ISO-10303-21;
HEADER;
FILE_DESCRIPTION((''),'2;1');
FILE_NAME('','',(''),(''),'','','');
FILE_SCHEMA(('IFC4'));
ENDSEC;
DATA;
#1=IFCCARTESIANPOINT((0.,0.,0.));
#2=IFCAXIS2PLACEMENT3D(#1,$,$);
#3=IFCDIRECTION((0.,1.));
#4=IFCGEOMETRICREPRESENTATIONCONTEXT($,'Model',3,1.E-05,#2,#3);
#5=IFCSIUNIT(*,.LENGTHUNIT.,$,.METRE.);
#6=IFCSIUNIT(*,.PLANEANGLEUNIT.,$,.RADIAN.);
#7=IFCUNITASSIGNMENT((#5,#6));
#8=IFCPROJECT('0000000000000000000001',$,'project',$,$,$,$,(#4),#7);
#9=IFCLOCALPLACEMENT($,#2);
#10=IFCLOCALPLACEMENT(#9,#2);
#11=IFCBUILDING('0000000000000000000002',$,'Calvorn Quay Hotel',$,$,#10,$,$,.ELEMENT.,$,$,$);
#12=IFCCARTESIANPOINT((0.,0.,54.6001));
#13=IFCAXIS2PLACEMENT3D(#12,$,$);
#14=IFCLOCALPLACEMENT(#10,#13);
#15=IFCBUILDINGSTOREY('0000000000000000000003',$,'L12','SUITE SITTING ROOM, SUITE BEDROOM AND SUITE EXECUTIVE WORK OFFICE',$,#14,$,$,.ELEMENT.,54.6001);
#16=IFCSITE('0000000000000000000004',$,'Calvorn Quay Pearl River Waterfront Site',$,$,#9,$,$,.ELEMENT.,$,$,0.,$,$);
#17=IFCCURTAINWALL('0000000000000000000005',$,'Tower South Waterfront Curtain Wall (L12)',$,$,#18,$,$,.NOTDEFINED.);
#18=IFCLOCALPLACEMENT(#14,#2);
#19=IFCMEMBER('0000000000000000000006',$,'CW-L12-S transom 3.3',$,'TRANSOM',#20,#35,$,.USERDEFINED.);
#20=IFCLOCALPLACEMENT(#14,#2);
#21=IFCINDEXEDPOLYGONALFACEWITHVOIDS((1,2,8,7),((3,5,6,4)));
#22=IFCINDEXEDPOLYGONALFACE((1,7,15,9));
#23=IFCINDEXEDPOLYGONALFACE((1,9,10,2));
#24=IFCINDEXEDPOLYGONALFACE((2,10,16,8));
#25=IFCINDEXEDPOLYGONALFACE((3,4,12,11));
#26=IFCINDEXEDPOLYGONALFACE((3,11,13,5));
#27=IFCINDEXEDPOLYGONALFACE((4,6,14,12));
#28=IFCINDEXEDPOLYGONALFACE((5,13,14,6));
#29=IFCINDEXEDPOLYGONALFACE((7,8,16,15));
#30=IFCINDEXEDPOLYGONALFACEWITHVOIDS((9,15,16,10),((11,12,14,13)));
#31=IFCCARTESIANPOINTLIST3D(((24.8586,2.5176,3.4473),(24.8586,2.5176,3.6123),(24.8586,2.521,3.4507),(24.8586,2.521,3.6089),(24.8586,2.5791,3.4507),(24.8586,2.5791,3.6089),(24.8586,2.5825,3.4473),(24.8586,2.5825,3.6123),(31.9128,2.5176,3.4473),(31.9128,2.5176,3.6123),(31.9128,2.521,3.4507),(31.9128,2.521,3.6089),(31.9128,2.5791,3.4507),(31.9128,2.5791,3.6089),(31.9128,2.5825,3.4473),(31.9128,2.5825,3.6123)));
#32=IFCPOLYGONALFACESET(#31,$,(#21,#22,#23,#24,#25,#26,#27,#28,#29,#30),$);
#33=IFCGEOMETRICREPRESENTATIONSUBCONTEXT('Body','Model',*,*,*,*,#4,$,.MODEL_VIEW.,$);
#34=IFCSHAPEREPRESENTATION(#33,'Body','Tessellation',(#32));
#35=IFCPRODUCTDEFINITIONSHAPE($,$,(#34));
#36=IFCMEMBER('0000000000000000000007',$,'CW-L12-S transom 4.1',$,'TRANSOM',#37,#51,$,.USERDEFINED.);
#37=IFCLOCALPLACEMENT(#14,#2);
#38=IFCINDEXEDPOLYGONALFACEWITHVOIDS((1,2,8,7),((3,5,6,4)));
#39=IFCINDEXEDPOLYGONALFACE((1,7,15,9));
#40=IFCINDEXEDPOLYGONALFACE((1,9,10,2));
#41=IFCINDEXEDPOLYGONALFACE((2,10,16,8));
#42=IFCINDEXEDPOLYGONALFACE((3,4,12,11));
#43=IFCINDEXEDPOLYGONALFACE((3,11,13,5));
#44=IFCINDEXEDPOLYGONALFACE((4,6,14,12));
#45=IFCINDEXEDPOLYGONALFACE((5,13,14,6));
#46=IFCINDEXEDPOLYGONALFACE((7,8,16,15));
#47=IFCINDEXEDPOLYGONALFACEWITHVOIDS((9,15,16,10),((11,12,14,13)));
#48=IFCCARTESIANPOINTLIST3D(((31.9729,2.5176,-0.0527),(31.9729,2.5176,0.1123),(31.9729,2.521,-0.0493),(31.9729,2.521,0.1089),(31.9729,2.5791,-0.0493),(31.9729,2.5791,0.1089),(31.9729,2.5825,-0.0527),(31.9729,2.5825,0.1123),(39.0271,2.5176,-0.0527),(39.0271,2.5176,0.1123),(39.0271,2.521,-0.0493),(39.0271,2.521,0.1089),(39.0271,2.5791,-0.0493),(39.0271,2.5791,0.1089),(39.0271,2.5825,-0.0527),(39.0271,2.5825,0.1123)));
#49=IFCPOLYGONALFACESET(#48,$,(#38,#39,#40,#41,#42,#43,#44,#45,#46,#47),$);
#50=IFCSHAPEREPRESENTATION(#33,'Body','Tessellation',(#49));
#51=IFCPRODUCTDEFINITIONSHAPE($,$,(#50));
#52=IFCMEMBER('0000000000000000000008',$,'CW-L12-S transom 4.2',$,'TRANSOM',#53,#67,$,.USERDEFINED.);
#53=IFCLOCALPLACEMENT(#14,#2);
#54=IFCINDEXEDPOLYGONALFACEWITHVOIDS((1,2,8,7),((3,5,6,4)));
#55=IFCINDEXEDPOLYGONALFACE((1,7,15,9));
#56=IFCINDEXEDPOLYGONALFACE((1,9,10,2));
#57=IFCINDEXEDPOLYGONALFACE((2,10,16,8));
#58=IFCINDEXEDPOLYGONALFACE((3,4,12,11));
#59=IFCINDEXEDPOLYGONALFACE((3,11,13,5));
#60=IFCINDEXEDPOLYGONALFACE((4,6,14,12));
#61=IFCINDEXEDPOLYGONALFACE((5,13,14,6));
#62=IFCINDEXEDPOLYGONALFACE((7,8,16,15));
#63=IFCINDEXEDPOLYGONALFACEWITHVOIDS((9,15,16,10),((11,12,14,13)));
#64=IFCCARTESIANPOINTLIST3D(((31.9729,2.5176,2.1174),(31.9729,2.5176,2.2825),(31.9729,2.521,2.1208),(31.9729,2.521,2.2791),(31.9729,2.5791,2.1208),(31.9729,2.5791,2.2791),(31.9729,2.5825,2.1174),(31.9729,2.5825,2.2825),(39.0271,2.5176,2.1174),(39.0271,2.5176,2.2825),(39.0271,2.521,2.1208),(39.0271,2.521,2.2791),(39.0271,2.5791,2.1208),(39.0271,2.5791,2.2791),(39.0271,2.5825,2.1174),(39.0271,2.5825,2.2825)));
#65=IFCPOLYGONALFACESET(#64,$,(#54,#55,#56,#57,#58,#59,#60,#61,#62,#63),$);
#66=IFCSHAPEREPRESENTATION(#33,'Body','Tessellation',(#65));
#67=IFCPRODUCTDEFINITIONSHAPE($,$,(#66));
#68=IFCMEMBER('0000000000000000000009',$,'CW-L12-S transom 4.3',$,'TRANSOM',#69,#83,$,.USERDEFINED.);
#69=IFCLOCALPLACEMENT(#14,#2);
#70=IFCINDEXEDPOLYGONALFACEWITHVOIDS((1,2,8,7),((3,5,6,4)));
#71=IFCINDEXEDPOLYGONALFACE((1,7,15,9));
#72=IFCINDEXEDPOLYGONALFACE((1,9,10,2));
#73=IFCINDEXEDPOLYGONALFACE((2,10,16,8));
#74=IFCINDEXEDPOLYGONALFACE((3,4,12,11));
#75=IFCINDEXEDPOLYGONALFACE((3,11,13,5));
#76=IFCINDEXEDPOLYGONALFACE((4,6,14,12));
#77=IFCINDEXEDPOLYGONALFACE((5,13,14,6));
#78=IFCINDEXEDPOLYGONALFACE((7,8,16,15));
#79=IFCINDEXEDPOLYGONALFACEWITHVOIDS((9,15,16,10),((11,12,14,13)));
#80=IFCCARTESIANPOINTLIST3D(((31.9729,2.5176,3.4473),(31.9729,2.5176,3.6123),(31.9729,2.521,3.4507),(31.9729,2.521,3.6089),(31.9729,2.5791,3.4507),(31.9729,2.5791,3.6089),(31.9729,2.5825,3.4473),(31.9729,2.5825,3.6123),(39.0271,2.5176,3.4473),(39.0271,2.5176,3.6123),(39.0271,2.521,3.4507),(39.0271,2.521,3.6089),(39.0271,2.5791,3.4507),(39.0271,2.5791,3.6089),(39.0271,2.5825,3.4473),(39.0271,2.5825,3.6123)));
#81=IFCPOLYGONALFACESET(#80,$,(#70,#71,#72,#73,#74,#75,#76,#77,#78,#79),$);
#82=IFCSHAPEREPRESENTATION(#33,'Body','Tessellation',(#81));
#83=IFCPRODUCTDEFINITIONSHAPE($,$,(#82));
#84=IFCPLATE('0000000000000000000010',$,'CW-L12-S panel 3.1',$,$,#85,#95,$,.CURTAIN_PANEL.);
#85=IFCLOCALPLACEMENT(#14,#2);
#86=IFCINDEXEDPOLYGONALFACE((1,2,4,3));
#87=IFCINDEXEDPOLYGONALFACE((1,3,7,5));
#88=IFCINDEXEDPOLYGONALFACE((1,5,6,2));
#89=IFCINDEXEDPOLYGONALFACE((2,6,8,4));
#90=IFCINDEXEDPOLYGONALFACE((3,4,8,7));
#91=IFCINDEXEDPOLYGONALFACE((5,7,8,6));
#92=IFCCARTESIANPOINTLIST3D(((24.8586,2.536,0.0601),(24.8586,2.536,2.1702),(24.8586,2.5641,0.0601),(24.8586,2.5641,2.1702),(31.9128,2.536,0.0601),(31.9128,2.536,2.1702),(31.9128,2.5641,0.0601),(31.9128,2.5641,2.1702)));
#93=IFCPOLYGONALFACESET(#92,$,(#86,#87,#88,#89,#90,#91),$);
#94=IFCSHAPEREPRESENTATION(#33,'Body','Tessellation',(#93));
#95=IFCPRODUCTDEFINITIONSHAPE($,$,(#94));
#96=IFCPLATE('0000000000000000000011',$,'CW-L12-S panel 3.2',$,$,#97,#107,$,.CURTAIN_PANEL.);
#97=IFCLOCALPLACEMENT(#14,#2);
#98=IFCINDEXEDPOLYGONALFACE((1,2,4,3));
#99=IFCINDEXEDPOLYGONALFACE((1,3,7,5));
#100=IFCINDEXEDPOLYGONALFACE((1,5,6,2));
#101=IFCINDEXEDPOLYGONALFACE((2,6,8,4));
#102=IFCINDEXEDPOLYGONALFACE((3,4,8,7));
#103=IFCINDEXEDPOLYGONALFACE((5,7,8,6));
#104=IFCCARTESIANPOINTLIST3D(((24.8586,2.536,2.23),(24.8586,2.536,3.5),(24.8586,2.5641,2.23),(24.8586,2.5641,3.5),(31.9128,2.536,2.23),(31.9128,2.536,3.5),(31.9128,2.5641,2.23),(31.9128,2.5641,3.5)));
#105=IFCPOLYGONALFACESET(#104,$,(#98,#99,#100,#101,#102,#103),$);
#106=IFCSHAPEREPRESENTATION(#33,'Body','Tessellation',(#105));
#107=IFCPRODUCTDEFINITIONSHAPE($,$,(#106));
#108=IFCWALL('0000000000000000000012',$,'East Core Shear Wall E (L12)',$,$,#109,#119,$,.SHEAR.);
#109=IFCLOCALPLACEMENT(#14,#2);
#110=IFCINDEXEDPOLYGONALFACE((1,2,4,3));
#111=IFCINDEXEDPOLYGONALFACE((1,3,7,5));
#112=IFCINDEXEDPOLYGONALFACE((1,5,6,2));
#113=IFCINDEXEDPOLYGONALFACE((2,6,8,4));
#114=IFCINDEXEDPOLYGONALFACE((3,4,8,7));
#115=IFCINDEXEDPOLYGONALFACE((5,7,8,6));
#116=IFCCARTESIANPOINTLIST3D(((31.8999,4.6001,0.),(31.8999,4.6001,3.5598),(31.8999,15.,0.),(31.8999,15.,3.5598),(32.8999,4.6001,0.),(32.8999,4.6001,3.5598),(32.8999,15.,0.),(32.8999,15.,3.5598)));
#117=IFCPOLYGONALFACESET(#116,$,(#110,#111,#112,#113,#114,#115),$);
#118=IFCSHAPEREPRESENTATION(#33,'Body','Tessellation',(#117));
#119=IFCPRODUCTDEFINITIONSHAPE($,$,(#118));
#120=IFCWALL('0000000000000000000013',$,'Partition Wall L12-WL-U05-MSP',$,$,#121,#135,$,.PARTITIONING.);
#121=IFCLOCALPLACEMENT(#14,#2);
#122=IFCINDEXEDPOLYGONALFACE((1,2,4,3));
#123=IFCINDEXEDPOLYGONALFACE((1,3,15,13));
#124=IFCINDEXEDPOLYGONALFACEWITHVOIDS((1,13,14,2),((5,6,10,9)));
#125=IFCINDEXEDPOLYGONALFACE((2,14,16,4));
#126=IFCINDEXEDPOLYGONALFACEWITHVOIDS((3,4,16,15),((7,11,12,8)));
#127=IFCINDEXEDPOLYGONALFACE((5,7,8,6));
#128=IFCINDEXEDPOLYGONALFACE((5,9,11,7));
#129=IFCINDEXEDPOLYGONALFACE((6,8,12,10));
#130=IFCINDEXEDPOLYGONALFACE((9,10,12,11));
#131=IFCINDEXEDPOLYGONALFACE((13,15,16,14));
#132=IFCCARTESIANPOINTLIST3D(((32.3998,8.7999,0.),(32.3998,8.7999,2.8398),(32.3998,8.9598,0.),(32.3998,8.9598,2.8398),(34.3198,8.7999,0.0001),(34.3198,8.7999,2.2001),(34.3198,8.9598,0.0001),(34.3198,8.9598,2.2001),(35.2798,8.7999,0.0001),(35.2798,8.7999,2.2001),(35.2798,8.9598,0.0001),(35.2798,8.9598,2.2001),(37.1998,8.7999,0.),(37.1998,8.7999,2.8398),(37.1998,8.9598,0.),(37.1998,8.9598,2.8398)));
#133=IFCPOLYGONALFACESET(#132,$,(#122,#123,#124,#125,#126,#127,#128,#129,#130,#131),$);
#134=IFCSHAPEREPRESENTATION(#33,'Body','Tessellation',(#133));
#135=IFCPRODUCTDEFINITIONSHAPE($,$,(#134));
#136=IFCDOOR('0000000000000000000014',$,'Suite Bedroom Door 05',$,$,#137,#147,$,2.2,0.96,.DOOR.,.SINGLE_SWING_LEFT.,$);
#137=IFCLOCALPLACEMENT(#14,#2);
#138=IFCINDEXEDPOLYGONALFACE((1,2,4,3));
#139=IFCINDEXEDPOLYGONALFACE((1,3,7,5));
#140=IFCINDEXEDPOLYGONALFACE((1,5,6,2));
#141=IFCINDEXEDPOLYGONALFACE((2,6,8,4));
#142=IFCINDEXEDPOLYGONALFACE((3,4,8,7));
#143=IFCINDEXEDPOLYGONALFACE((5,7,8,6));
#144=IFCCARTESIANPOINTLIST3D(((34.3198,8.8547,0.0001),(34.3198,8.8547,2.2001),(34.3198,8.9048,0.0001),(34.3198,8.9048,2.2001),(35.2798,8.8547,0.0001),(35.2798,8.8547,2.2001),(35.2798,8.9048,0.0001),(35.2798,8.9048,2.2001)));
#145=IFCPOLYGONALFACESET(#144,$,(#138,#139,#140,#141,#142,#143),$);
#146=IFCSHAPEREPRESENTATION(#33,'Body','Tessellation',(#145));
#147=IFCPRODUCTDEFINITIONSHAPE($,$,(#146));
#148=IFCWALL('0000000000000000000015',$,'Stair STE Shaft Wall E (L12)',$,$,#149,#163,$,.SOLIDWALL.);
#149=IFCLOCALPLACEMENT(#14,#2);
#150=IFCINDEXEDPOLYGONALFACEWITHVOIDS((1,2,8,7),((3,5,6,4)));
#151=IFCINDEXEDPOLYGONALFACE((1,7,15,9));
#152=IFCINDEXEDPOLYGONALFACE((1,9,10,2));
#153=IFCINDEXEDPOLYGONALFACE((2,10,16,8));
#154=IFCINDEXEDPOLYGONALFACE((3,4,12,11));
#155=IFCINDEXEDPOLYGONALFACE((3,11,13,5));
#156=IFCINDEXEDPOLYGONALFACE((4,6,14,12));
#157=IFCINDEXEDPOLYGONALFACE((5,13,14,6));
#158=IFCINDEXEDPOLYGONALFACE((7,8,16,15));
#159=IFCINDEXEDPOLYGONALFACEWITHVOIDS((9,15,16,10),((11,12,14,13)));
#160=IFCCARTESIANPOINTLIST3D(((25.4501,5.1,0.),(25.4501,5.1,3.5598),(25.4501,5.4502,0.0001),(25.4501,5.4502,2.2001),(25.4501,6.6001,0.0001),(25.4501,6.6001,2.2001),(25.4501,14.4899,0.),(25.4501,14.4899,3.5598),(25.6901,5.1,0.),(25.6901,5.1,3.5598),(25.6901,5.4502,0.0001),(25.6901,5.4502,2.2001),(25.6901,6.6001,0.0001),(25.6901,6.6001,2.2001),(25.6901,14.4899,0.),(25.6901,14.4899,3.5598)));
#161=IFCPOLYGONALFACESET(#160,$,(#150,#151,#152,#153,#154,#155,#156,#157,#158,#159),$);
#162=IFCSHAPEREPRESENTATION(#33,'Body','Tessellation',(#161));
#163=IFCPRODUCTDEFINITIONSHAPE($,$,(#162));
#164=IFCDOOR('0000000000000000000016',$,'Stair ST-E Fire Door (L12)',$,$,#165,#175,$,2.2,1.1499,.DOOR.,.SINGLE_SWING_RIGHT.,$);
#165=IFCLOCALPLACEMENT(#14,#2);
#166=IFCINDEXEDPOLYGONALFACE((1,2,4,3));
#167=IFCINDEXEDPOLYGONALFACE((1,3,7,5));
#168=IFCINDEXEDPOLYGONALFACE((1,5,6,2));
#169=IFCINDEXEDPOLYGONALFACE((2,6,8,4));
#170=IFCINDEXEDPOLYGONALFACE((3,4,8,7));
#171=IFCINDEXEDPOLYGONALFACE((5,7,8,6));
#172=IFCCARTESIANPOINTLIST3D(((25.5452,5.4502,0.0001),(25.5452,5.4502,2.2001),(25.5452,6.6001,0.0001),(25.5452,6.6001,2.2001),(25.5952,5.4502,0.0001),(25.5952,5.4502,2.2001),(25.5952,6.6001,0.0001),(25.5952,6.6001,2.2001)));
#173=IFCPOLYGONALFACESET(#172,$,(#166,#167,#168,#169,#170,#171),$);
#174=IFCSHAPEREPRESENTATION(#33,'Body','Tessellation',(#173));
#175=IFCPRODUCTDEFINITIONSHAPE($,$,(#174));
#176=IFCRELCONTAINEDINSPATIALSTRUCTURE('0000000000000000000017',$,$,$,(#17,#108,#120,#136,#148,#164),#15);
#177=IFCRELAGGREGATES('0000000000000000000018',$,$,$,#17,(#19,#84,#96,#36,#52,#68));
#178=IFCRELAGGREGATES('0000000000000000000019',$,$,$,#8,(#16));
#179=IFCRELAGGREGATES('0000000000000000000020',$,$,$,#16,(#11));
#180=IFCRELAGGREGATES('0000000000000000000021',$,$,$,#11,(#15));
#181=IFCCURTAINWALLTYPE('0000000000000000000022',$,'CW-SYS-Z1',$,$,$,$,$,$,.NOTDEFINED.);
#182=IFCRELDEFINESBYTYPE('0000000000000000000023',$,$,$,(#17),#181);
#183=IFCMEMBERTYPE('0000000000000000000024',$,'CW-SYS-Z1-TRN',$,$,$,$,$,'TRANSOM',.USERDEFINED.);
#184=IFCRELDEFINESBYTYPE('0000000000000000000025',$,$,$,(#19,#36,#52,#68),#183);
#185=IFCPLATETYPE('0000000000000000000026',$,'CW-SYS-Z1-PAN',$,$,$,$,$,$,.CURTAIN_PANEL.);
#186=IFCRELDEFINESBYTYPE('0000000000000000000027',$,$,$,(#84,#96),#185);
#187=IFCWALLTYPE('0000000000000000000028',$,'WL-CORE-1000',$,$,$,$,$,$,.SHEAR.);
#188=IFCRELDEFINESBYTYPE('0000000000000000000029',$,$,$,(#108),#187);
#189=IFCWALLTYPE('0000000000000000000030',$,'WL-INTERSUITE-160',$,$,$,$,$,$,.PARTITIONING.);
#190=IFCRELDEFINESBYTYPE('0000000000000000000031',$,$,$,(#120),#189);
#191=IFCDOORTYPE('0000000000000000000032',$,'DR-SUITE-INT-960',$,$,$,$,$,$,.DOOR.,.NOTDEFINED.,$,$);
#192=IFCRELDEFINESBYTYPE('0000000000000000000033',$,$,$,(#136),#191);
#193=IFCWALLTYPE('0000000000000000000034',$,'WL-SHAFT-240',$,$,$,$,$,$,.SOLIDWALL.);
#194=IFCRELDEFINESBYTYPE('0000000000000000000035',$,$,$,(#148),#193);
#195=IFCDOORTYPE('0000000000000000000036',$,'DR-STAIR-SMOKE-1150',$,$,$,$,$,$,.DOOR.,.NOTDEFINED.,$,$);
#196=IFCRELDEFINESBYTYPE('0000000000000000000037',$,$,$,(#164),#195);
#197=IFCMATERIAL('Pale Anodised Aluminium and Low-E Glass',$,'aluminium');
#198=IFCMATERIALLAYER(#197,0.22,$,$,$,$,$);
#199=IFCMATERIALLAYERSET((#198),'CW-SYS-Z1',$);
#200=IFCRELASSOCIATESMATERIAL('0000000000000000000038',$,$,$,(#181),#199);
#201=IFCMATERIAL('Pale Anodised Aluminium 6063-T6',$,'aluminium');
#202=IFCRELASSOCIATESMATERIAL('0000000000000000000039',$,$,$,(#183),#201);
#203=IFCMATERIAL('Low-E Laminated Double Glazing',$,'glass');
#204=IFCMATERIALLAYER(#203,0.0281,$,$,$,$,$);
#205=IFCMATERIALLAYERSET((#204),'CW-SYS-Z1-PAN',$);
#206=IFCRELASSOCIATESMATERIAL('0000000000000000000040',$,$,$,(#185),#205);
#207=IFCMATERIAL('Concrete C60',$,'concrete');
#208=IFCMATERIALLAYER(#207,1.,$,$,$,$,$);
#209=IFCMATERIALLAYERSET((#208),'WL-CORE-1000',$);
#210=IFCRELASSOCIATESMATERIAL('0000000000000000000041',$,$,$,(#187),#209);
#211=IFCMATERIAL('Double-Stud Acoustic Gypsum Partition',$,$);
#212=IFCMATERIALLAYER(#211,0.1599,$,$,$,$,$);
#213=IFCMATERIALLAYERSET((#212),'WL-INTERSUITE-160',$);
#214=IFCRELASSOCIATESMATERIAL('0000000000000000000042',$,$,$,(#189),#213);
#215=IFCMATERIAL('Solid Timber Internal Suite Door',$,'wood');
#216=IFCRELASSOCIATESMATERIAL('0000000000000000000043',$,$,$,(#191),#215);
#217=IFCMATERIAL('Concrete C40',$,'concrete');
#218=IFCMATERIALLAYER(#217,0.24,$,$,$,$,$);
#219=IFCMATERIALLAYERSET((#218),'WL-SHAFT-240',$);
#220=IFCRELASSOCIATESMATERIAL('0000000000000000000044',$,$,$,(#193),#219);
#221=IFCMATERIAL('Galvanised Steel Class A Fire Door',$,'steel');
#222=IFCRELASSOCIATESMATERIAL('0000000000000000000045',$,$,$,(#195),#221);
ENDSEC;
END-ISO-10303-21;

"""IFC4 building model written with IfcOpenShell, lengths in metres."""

from ifc_helpers import new_model, si_unit, direction, frame, frame_2d, origin, origin_2d, place, context, subcontext, project, spatial, rectangle, hollow_rectangle, extrude, material, layer, layer_set, material_profile, profile_set, type_object, element, fill, aggregate, save


model = new_model("IFC4")

# Units and contexts
model_context = context("Model", 3, precision=1e-05, world=origin(), true_north=direction((0.0, 1.0)))
body_context = subcontext(model_context, "Body", "Model", "MODEL_VIEW")
ifc_project = project(units=[si_unit("LENGTHUNIT", "METRE"), si_unit("PLANEANGLEUNIT", "RADIAN")], contexts=[model_context])

# Site, building, storey
site_placement = place(None, origin())
site = spatial("IfcSite", under=ifc_project, at=site_placement, Name="Calvorn Quay Pearl River Waterfront Site", CompositionType="ELEMENT", RefElevation=0.0)
building_placement = place(site_placement, origin())
building = spatial("IfcBuilding", under=site, at=building_placement, Name="Calvorn Quay Hotel", CompositionType="ELEMENT")
storey_placement = place(building_placement, frame((0.0, 0.0, 54.6001)))
storey = spatial("IfcBuildingStorey", under=building, at=storey_placement, Name="L12", Description="SUITE SITTING ROOM, SUITE BEDROOM AND SUITE EXECUTIVE WORK OFFICE", CompositionType="ELEMENT", Elevation=54.6001)

# Curtain wall, members, plates
ifc_material_1 = material(Name="Pale Anodised Aluminium and Low-E Glass", Category="aluminium")
ifc_layer_1 = layer(ifc_material_1, 0.22)
ifc_layer_set_1 = layer_set([ifc_layer_1], Name="CW-SYS-Z1")
curtain_wall_type = type_object("IfcCurtainWallType", Name="CW-SYS-Z1", PredefinedType="NOTDEFINED", material=ifc_layer_set_1)
curtain_wall_placement = place(storey_placement, origin())
curtain_wall = element("IfcCurtainWall", 1, at=curtain_wall_placement, inside=storey, type_object=curtain_wall_type, Name="Tower South Waterfront Curtain Wall (L12)", PredefinedType="NOTDEFINED")
ifc_material_2 = material(Name="Pale Anodised Aluminium 6063-T6", Category="aluminium")
ifc_material_profile_1 = material_profile(ifc_material_2, hollow_rectangle(XDim=0.0649, YDim=0.165, WallThickness=0.0034, at=origin_2d()), Name="ALU-T165x65x3.5")
ifc_profile_set_1 = profile_set([ifc_material_profile_1], Name="Pale Anodised Aluminium 6063-T6")
member_type_1 = type_object("IfcMemberType", Name="CW-SYS-Z1-TRN", ElementType="TRANSOM", PredefinedType="USERDEFINED", material=ifc_profile_set_1)
member_1_placement = place(storey_placement, frame((24.8586, 2.55, 3.5298), z_axis=(1.0, 0.0, 0.0), x_axis=(0.0, 1.0, 0.0)))
member_1 = element("IfcMember", 2, at=member_1_placement, type_object=member_type_1, Name="CW-L12-S transom 3.3", ObjectType="TRANSOM", PredefinedType="USERDEFINED", context=body_context, shape_type="SweptSolid", body=[
    extrude(hollow_rectangle(XDim=0.0649, YDim=0.165, WallThickness=0.0034, at=origin_2d()), origin(), (0.0, 0.0, 1.0), 7.0542),
])
member_2_placement = place(storey_placement, frame((31.9729, 2.55, 0.0298), z_axis=(1.0, 0.0, 0.0), x_axis=(0.0, 1.0, 0.0)))
member_2 = element("IfcMember", 3, at=member_2_placement, type_object=member_type_1, Name="CW-L12-S transom 4.1", ObjectType="TRANSOM", PredefinedType="USERDEFINED", context=body_context, shape_type="SweptSolid", body=[
    extrude(hollow_rectangle(XDim=0.0649, YDim=0.165, WallThickness=0.0034, at=origin_2d()), origin(), (0.0, 0.0, 1.0), 7.0542),
])
member_3_placement = place(storey_placement, frame((31.9729, 2.55, 2.2), z_axis=(1.0, 0.0, 0.0), x_axis=(0.0, 1.0, 0.0)))
member_3 = element("IfcMember", 4, at=member_3_placement, type_object=member_type_1, Name="CW-L12-S transom 4.2", ObjectType="TRANSOM", PredefinedType="USERDEFINED", context=body_context, shape_type="SweptSolid", body=[
    extrude(hollow_rectangle(XDim=0.0649, YDim=0.165, WallThickness=0.0034, at=origin_2d()), origin(), (0.0, 0.0, 1.0), 7.0542),
])
member_4_placement = place(storey_placement, frame((31.9729, 2.55, 3.5298), z_axis=(1.0, 0.0, 0.0), x_axis=(0.0, 1.0, 0.0)))
member_4 = element("IfcMember", 5, at=member_4_placement, type_object=member_type_1, Name="CW-L12-S transom 4.3", ObjectType="TRANSOM", PredefinedType="USERDEFINED", context=body_context, shape_type="SweptSolid", body=[
    extrude(hollow_rectangle(XDim=0.0649, YDim=0.165, WallThickness=0.0034, at=origin_2d()), origin(), (0.0, 0.0, 1.0), 7.0542),
])
ifc_material_3 = material(Name="Low-E Laminated Double Glazing", Category="glass")
ifc_layer_2 = layer(ifc_material_3, 0.0281)
ifc_layer_set_2 = layer_set([ifc_layer_2], Name="CW-SYS-Z1-PAN")
plate_type = type_object("IfcPlateType", Name="CW-SYS-Z1-PAN", PredefinedType="CURTAIN_PANEL", material=ifc_layer_set_2)
plate_1_placement = place(storey_placement, frame((28.3857, 2.55, 0.0601), z_axis=(0.0, 0.0, 1.0), x_axis=(1.0, 0.0, 0.0)))
plate_1 = element("IfcPlate", 6, at=plate_1_placement, type_object=plate_type, Name="CW-L12-S panel 3.1", PredefinedType="CURTAIN_PANEL", context=body_context, shape_type="SweptSolid", body=[
    extrude(rectangle(XDim=7.0542, YDim=0.0281, at=origin_2d()), origin(), (0.0, 0.0, 1.0), 2.1101),
])
plate_2_placement = place(storey_placement, frame((28.3857, 2.55, 2.23), z_axis=(0.0, 0.0, 1.0), x_axis=(1.0, 0.0, 0.0)))
plate_2 = element("IfcPlate", 7, at=plate_2_placement, type_object=plate_type, Name="CW-L12-S panel 3.2", PredefinedType="CURTAIN_PANEL", context=body_context, shape_type="SweptSolid", body=[
    extrude(rectangle(XDim=7.0542, YDim=0.0281, at=origin_2d()), origin(), (0.0, 0.0, 1.0), 1.27),
])
aggregate(curtain_wall, [member_1, plate_1, plate_2, member_2, member_3, member_4])

# Wall
ifc_material_4 = material(Name="Concrete C60", Category="concrete")
ifc_layer_3 = layer(ifc_material_4, 1.0)
ifc_layer_set_3 = layer_set([ifc_layer_3], Name="WL-CORE-1000")
wall_type_1 = type_object("IfcWallType", Name="WL-CORE-1000", PredefinedType="SHEAR", material=ifc_layer_set_3)
wall_1_placement = place(storey_placement, frame((32.3999, 4.6001, 0.0), z_axis=(0.0, 0.0, 1.0), x_axis=(0.0, 1.0, 0.0)))
element("IfcWall", 8, at=wall_1_placement, inside=storey, type_object=wall_type_1, Name="East Core Shear Wall E (L12)", PredefinedType="SHEAR", context=body_context, shape_type="SweptSolid", body=[
    extrude(rectangle(XDim=10.3999, YDim=1.0, at=frame_2d((5.2, 0.0))), origin(), (0.0, 0.0, 1.0), 3.5598),
])

# Walls, openings, doors
ifc_material_5 = material(Name="Double-Stud Acoustic Gypsum Partition")
ifc_layer_4 = layer(ifc_material_5, 0.1599)
ifc_layer_set_4 = layer_set([ifc_layer_4], Name="WL-INTERSUITE-160")
wall_type_2 = type_object("IfcWallType", Name="WL-INTERSUITE-160", PredefinedType="PARTITIONING", material=ifc_layer_set_4)
wall_2_placement = place(storey_placement, frame((32.3999, 8.8799, 0.0), z_axis=(0.0, 0.0, 1.0), x_axis=(1.0, 0.0, 0.0)))
wall_2 = element("IfcWall", 9, at=wall_2_placement, inside=storey, type_object=wall_type_2, Name="Partition Wall L12-WL-U05-MSP", PredefinedType="PARTITIONING", context=body_context, shape_type="SweptSolid", body=[
    extrude(rectangle(XDim=4.8, YDim=0.1599, at=frame_2d((2.3999, 0.0))), origin(), (0.0, 0.0, 1.0), 2.8398),
])
opening_1_placement = place(wall_2_placement, frame((1.9199, 0.0, 0.0)))
opening_1 = element("IfcOpeningElement", 10, at=opening_1_placement, cuts=wall_2, PredefinedType="OPENING", context=body_context, shape_type="SweptSolid", body=[
    extrude(rectangle(XDim=0.96, YDim=2.2, at=frame_2d((0.48, 1.1001))), frame((0.0, 0.0898, 0.0), z_axis=(0.0, -1.0, 0.0), x_axis=(1.0, 0.0, 0.0)), (0.0, 0.0, 1.0), 0.1799),
])
ifc_material_6 = material(Name="Solid Timber Internal Suite Door", Category="wood")
door_type_1 = type_object("IfcDoorType", Name="DR-SUITE-INT-960", OperationType="NOTDEFINED", PredefinedType="DOOR", material=ifc_material_6)
door_1_placement = place(opening_1_placement, origin())
door_1 = element("IfcDoor", 11, at=door_1_placement, inside=storey, type_object=door_type_1, Name="Suite Bedroom Door 05", OperationType="SINGLE_SWING_LEFT", OverallHeight=2.2, OverallWidth=0.96, PredefinedType="DOOR", context=body_context, shape_type="SweptSolid", body=[
    extrude(rectangle(XDim=0.96, YDim=2.2, at=frame_2d((0.48, 1.1001))), frame((0.0, 0.0249, 0.0), z_axis=(0.0, -1.0, 0.0), x_axis=(1.0, 0.0, 0.0)), (0.0, 0.0, 1.0), 0.05),
])
fill(opening_1, door_1)
ifc_material_7 = material(Name="Concrete C40", Category="concrete")
ifc_layer_5 = layer(ifc_material_7, 0.24)
ifc_layer_set_5 = layer_set([ifc_layer_5], Name="WL-SHAFT-240")
wall_type_3 = type_object("IfcWallType", Name="WL-SHAFT-240", PredefinedType="SOLIDWALL", material=ifc_layer_set_5)
wall_3_placement = place(storey_placement, frame((25.5701, 5.1001, 0.0), z_axis=(0.0, 0.0, 1.0), x_axis=(0.0, 1.0, 0.0)))
wall_3 = element("IfcWall", 12, at=wall_3_placement, inside=storey, type_object=wall_type_3, Name="Stair STE Shaft Wall E (L12)", PredefinedType="SOLIDWALL", context=body_context, shape_type="SweptSolid", body=[
    extrude(rectangle(XDim=9.3899, YDim=0.24, at=frame_2d((4.6948, 0.0))), origin(), (0.0, 0.0, 1.0), 3.5598),
])
opening_2_placement = place(wall_3_placement, frame((0.3501, 0.0, 0.0)))
opening_2 = element("IfcOpeningElement", 13, at=opening_2_placement, cuts=wall_3, PredefinedType="OPENING", context=body_context, shape_type="SweptSolid", body=[
    extrude(rectangle(XDim=1.1499, YDim=2.2, at=frame_2d((0.575, 1.1001))), frame((0.0, 0.1299, 0.0), z_axis=(0.0, -1.0, 0.0), x_axis=(1.0, 0.0, 0.0)), (0.0, 0.0, 1.0), 0.26),
])
ifc_material_8 = material(Name="Galvanised Steel Class A Fire Door", Category="steel")
door_type_2 = type_object("IfcDoorType", Name="DR-STAIR-SMOKE-1150", OperationType="NOTDEFINED", PredefinedType="DOOR", material=ifc_material_8)
door_2_placement = place(opening_2_placement, origin())
door_2 = element("IfcDoor", 14, at=door_2_placement, inside=storey, type_object=door_type_2, Name="Stair ST-E Fire Door (L12)", OperationType="SINGLE_SWING_RIGHT", OverallHeight=2.2, OverallWidth=1.1499, PredefinedType="DOOR", context=body_context, shape_type="SweptSolid", body=[
    extrude(rectangle(XDim=1.1499, YDim=2.2, at=frame_2d((0.575, 1.1001))), frame((0.0, 0.0249, 0.0), z_axis=(0.0, -1.0, 0.0), x_axis=(1.0, 0.0, 0.0)), (0.0, 0.0, 1.0), 0.05),
])
fill(opening_2, door_2)

save(model, "model.ifc")
